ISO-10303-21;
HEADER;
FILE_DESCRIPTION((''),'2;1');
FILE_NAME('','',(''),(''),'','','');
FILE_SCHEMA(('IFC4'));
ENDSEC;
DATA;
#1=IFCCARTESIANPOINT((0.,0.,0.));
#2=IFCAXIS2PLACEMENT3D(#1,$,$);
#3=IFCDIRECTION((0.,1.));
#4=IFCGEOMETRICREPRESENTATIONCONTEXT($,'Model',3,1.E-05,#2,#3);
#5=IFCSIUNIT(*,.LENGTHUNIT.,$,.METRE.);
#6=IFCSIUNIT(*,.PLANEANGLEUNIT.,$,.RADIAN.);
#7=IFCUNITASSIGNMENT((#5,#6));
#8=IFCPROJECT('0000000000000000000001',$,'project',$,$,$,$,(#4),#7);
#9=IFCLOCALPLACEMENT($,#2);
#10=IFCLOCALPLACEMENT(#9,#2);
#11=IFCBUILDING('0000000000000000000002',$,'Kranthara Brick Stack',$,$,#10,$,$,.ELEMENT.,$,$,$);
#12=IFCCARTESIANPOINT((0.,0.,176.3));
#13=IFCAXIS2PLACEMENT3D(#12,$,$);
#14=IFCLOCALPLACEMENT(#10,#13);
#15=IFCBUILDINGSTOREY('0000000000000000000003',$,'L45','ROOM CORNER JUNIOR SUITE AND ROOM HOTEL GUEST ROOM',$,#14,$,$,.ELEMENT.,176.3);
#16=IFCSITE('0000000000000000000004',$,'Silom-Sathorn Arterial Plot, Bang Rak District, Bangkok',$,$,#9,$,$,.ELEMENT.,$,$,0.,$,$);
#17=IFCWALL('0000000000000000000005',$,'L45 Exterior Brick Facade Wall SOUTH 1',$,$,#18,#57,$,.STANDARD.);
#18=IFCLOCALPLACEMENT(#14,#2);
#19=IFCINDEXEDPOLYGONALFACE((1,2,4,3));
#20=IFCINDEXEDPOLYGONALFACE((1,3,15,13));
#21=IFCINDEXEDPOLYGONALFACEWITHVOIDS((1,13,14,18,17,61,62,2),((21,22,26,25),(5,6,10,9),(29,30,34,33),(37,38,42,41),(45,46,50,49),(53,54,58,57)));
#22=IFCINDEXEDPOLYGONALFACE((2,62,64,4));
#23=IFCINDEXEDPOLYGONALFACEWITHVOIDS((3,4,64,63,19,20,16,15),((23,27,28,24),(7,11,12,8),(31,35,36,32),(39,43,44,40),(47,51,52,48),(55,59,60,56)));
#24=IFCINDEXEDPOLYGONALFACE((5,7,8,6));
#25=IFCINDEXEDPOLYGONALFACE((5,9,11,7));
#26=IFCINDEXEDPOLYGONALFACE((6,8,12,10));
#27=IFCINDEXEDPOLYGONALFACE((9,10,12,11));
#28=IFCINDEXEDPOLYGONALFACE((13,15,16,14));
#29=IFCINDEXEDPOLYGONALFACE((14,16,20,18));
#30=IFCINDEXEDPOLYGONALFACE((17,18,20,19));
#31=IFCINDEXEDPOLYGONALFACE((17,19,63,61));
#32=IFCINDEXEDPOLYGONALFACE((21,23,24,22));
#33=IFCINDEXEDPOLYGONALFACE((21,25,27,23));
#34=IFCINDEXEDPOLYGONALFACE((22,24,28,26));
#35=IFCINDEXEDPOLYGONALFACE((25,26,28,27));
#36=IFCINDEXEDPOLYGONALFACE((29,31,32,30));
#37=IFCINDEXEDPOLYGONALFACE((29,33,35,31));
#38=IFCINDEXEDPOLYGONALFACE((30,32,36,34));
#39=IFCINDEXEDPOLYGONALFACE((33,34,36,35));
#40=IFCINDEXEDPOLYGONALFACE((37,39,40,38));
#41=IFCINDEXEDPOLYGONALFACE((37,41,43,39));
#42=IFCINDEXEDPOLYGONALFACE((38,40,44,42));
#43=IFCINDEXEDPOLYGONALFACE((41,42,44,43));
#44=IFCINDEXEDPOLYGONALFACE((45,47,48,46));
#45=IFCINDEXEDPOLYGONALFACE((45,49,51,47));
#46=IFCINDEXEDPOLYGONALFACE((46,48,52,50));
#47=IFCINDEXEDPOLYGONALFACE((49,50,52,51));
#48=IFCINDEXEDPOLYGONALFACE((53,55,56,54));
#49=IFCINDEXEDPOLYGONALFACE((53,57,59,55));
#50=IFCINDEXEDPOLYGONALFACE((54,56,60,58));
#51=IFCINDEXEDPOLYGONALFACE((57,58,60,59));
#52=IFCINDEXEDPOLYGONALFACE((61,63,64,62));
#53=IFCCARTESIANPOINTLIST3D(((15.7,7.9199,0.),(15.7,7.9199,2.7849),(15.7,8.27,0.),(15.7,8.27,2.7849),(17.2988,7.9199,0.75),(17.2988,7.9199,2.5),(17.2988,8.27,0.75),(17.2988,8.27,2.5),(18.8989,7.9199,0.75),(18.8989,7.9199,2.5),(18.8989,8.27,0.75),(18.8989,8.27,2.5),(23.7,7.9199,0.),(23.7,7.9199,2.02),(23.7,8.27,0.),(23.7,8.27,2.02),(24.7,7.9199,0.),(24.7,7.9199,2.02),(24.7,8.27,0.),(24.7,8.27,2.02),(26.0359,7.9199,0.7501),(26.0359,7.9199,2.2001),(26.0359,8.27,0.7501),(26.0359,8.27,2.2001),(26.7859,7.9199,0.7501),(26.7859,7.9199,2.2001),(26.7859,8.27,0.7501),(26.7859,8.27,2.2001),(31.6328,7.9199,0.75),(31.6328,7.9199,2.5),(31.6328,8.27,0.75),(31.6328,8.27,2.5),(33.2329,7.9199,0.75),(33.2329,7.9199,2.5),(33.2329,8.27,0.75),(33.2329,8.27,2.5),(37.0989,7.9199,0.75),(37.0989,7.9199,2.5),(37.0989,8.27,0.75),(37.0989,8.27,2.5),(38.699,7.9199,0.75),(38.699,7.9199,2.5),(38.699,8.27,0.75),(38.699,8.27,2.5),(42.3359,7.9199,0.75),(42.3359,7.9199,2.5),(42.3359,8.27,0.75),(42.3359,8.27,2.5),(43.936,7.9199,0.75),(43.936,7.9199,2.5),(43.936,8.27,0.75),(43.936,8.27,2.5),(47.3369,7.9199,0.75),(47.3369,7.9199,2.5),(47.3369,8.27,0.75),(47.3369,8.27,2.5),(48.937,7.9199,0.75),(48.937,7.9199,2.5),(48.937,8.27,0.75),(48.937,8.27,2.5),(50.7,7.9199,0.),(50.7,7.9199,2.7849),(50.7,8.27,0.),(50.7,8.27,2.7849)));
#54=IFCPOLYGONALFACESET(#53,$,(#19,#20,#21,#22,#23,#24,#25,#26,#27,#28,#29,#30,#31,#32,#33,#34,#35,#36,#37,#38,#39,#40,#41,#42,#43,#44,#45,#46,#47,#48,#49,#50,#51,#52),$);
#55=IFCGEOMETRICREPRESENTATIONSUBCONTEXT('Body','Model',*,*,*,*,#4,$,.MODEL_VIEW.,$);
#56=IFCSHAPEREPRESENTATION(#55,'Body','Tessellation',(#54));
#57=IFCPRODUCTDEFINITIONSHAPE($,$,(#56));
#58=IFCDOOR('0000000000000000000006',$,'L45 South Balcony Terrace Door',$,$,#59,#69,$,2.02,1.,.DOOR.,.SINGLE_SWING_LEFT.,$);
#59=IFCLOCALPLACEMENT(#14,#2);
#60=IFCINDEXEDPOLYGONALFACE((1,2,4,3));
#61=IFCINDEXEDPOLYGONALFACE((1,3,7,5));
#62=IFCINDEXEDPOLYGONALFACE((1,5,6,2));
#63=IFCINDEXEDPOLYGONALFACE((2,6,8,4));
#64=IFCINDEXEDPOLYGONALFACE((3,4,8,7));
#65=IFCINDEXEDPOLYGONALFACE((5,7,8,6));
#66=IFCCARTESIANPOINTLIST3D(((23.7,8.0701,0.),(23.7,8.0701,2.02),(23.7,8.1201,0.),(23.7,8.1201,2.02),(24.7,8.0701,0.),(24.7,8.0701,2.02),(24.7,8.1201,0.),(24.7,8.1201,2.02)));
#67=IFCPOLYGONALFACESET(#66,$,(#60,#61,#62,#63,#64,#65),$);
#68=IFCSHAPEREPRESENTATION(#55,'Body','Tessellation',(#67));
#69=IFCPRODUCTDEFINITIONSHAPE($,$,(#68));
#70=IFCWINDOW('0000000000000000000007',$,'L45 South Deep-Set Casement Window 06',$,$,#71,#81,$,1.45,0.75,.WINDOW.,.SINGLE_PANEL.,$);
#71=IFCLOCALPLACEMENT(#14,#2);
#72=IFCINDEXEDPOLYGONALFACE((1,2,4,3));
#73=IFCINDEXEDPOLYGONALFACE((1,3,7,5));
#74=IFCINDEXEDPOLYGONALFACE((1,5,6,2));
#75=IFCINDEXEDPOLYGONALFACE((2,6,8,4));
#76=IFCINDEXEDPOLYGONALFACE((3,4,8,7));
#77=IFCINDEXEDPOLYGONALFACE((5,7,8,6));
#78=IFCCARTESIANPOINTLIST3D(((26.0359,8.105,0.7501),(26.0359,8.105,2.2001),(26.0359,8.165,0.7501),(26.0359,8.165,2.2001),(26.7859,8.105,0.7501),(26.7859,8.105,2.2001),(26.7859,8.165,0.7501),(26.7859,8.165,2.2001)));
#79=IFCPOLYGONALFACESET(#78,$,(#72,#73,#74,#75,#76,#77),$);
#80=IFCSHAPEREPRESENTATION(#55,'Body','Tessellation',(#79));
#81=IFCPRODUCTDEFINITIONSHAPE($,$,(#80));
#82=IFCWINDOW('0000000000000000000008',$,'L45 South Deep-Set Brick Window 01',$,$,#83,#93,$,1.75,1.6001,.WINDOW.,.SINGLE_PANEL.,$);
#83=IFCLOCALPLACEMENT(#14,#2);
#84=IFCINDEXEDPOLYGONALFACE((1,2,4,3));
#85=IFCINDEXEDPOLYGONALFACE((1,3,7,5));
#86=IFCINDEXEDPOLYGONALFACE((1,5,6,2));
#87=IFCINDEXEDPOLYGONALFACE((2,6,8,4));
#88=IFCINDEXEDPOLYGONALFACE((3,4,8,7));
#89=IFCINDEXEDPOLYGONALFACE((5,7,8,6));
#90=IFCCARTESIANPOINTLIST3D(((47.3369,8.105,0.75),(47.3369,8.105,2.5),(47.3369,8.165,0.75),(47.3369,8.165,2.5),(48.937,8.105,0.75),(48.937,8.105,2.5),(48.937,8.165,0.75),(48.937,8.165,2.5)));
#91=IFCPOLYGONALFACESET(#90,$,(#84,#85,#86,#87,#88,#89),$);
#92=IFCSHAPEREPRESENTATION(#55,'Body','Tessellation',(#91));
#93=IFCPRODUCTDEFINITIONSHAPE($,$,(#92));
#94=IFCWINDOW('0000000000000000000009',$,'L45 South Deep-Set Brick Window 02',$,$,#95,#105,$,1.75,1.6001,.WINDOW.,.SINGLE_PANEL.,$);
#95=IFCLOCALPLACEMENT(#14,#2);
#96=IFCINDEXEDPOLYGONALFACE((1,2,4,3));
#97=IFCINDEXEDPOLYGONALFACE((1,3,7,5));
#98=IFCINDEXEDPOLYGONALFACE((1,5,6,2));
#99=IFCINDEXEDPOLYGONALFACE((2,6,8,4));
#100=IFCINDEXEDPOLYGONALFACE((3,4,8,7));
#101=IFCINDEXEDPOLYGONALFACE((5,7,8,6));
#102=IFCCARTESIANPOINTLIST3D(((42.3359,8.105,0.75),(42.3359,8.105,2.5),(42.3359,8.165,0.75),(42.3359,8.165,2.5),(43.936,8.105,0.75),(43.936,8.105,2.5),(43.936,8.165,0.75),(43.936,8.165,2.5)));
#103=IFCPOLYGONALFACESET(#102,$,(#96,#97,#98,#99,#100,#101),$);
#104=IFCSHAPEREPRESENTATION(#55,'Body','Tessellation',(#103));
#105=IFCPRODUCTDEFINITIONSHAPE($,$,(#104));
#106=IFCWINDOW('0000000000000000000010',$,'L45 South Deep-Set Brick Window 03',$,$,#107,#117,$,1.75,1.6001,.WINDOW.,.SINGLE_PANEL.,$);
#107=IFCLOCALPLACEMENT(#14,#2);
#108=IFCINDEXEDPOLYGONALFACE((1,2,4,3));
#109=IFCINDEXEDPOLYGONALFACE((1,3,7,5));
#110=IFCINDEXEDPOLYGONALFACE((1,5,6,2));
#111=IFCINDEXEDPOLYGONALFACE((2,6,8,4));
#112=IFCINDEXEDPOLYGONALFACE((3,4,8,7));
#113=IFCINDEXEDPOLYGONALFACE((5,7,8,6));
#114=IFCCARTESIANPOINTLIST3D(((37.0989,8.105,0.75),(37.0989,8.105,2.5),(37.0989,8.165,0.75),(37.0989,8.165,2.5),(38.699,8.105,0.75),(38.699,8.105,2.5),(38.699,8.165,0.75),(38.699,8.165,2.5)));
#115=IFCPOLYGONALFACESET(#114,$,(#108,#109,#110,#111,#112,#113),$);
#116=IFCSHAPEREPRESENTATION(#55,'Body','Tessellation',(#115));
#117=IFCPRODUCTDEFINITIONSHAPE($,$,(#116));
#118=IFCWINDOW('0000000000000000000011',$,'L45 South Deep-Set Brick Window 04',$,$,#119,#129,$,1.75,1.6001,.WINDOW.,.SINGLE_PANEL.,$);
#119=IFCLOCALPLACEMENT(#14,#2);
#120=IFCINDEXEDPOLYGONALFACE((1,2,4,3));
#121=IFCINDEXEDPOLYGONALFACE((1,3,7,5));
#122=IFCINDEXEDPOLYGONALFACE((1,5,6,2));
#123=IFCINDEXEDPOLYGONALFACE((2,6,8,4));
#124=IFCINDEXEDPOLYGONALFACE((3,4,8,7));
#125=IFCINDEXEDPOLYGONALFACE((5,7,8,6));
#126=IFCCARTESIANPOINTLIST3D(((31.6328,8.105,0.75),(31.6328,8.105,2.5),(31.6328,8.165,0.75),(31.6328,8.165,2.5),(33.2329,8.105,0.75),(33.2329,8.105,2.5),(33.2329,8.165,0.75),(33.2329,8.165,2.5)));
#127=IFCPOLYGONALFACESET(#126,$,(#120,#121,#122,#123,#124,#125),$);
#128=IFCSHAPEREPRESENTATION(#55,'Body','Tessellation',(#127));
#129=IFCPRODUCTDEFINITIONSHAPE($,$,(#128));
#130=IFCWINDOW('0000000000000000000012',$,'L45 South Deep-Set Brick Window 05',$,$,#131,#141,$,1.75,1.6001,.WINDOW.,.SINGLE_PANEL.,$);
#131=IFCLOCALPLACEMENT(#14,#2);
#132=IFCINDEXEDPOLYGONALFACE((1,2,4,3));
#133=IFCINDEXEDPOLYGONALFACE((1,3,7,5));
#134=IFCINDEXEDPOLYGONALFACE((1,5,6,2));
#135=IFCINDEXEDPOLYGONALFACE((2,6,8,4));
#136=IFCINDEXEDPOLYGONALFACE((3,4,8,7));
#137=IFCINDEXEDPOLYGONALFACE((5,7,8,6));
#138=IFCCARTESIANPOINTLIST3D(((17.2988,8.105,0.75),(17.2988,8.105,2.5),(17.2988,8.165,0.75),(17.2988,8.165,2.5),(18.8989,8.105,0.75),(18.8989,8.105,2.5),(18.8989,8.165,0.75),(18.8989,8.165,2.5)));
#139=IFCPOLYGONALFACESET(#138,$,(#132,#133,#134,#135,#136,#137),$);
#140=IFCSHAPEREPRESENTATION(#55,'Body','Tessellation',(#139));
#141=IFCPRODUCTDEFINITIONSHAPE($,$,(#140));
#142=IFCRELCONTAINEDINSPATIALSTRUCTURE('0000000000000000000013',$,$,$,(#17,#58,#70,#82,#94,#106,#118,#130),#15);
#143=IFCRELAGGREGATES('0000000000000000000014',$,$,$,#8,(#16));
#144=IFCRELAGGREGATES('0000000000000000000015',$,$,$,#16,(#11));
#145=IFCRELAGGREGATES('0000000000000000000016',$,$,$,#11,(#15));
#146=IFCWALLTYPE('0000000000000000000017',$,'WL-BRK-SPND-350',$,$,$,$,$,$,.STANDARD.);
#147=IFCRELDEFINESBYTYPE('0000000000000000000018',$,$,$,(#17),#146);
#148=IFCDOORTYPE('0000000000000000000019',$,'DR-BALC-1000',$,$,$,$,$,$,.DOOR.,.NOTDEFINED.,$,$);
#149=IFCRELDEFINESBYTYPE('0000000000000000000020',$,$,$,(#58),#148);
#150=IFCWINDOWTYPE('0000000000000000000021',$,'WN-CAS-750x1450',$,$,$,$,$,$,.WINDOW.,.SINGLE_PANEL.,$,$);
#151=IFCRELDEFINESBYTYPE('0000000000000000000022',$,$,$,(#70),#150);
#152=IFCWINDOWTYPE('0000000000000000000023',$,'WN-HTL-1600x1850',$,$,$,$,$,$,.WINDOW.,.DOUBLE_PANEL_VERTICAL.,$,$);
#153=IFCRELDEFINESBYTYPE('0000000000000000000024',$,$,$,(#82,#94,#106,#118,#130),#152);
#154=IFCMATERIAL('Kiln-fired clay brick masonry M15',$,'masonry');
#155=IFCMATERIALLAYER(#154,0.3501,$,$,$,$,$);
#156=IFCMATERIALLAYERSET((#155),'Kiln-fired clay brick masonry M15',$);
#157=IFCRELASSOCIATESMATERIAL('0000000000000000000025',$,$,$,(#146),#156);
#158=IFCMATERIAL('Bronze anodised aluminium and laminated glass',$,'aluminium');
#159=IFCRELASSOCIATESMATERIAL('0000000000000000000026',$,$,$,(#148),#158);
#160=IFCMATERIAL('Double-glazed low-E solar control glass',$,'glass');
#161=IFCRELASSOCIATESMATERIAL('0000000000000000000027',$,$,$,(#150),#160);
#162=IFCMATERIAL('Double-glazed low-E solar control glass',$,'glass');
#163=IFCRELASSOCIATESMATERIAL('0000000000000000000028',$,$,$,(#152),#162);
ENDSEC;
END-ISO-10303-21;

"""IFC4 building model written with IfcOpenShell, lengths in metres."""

from ifc_helpers import new_model, si_unit, direction, frame, frame_2d, origin, place, context, subcontext, project, spatial, rectangle, extrude, material, layer, layer_set, type_object, element, fill, save


model = new_model("IFC4")

# Units and contexts
model_context = context("Model", 3, precision=1e-05, world=origin(), true_north=direction((0.0, 1.0)))
body_context = subcontext(model_context, "Body", "Model", "MODEL_VIEW")
ifc_project = project(units=[si_unit("LENGTHUNIT", "METRE"), si_unit("PLANEANGLEUNIT", "RADIAN")], contexts=[model_context])

# Site, building, storey
site_placement = place(None, origin())
site = spatial("IfcSite", under=ifc_project, at=site_placement, Name="Silom-Sathorn Arterial Plot, Bang Rak District, Bangkok", CompositionType="ELEMENT", RefElevation=0.0)
building_placement = place(site_placement, origin())
building = spatial("IfcBuilding", under=site, at=building_placement, Name="Kranthara Brick Stack", CompositionType="ELEMENT")
storey_placement = place(building_placement, frame((0.0, 0.0, 176.3)))
storey = spatial("IfcBuildingStorey", under=building, at=storey_placement, Name="L45", Description="ROOM CORNER JUNIOR SUITE AND ROOM HOTEL GUEST ROOM", CompositionType="ELEMENT", Elevation=176.3)

# Wall, openings, door, windows
ifc_material_1 = material(Name="Kiln-fired clay brick masonry M15", Category="masonry")
ifc_layer_1 = layer(ifc_material_1, 0.3501)
ifc_layer_set_1 = layer_set([ifc_layer_1], Name="Kiln-fired clay brick masonry M15")
wall_type_1 = type_object("IfcWallType", Name="WL-BRK-SPND-350", PredefinedType="STANDARD", material=ifc_layer_set_1)
wall_1_placement = place(storey_placement, frame((50.7, 8.095, 0.0), z_axis=(0.0, 0.0, 1.0), x_axis=(-1.0, 0.0, 0.0)))
wall_1 = element("IfcWall", 1, at=wall_1_placement, inside=storey, type_object=wall_type_1, Name="L45 Exterior Brick Facade Wall SOUTH 1", PredefinedType="STANDARD", context=body_context, shape_type="SweptSolid", body=[
    extrude(rectangle(XDim=35.0, YDim=0.3501, at=frame_2d((17.5, 0.0))), origin(), (0.0, 0.0, 1.0), 2.7849),
])
opening_1_placement = place(wall_1_placement, frame((26.0, 0.0, 0.0)))
opening_1 = element("IfcOpeningElement", 2, at=opening_1_placement, cuts=wall_1, PredefinedType="OPENING", context=body_context, shape_type="SweptSolid", body=[
    extrude(rectangle(XDim=1.0, YDim=2.02, at=frame_2d((0.5, 1.01))), frame((0.0, 0.1851, 0.0), z_axis=(0.0, -1.0, 0.0), x_axis=(1.0, 0.0, 0.0)), (0.0, 0.0, 1.0), 0.3701),
])
opening_2_placement = place(wall_1_placement, frame((1.7629, 0.0, 0.75)))
opening_2 = element("IfcOpeningElement", 3, at=opening_2_placement, cuts=wall_1, PredefinedType="OPENING", context=body_context, shape_type="SweptSolid", body=[
    extrude(rectangle(XDim=1.6001, YDim=1.75, at=frame_2d((0.8, 0.875))), frame((0.0, 0.1851, 0.0), z_axis=(0.0, -1.0, 0.0), x_axis=(1.0, 0.0, 0.0)), (0.0, 0.0, 1.0), 0.3701),
])
opening_3_placement = place(wall_1_placement, frame((6.7639, 0.0, 0.75)))
opening_3 = element("IfcOpeningElement", 4, at=opening_3_placement, cuts=wall_1, PredefinedType="OPENING", context=body_context, shape_type="SweptSolid", body=[
    extrude(rectangle(XDim=1.6001, YDim=1.75, at=frame_2d((0.8, 0.875))), frame((0.0, 0.1851, 0.0), z_axis=(0.0, -1.0, 0.0), x_axis=(1.0, 0.0, 0.0)), (0.0, 0.0, 1.0), 0.3701),
])
opening_4_placement = place(wall_1_placement, frame((12.001, 0.0, 0.75)))
opening_4 = element("IfcOpeningElement", 5, at=opening_4_placement, cuts=wall_1, PredefinedType="OPENING", context=body_context, shape_type="SweptSolid", body=[
    extrude(rectangle(XDim=1.6001, YDim=1.75, at=frame_2d((0.8, 0.875))), frame((0.0, 0.1851, 0.0), z_axis=(0.0, -1.0, 0.0), x_axis=(1.0, 0.0, 0.0)), (0.0, 0.0, 1.0), 0.3701),
])
opening_5_placement = place(wall_1_placement, frame((17.467, 0.0, 0.75)))
opening_5 = element("IfcOpeningElement", 6, at=opening_5_placement, cuts=wall_1, PredefinedType="OPENING", context=body_context, shape_type="SweptSolid", body=[
    extrude(rectangle(XDim=1.6001, YDim=1.75, at=frame_2d((0.8, 0.875))), frame((0.0, 0.1851, 0.0), z_axis=(0.0, -1.0, 0.0), x_axis=(1.0, 0.0, 0.0)), (0.0, 0.0, 1.0), 0.3701),
])
opening_6_placement = place(wall_1_placement, frame((31.801, 0.0, 0.75)))
opening_6 = element("IfcOpeningElement", 7, at=opening_6_placement, cuts=wall_1, PredefinedType="OPENING", context=body_context, shape_type="SweptSolid", body=[
    extrude(rectangle(XDim=1.6001, YDim=1.75, at=frame_2d((0.8, 0.875))), frame((0.0, 0.1851, 0.0), z_axis=(0.0, -1.0, 0.0), x_axis=(1.0, 0.0, 0.0)), (0.0, 0.0, 1.0), 0.3701),
])
opening_7_placement = place(wall_1_placement, frame((23.9141, 0.0, 0.75)))
opening_7 = element("IfcOpeningElement", 8, at=opening_7_placement, cuts=wall_1, PredefinedType="OPENING", context=body_context, shape_type="SweptSolid", body=[
    extrude(rectangle(XDim=0.75, YDim=1.45, at=frame_2d((0.375, 0.7251))), frame((0.0, 0.1851, 0.0), z_axis=(0.0, -1.0, 0.0), x_axis=(1.0, 0.0, 0.0)), (0.0, 0.0, 1.0), 0.3701),
])
ifc_material_2 = material(Name="Bronze anodised aluminium and laminated glass", Category="aluminium")
door_type_1 = type_object("IfcDoorType", Name="DR-BALC-1000", OperationType="NOTDEFINED", PredefinedType="DOOR", material=ifc_material_2)
door_1_placement = place(opening_1_placement, origin())
door_1 = element("IfcDoor", 9, at=door_1_placement, inside=storey, type_object=door_type_1, Name="L45 South Balcony Terrace Door", OperationType="SINGLE_SWING_LEFT", OverallHeight=2.02, OverallWidth=1.0, PredefinedType="DOOR", context=body_context, shape_type="SweptSolid", body=[
    extrude(rectangle(XDim=1.0, YDim=2.02, at=frame_2d((0.5, 1.01))), frame((0.0, 0.0249, 0.0), z_axis=(0.0, -1.0, 0.0), x_axis=(1.0, 0.0, 0.0)), (0.0, 0.0, 1.0), 0.05),
])
fill(opening_1, door_1)
ifc_material_3 = material(Name="Double-glazed low-E solar control glass", Category="glass")
window_type_1 = type_object("IfcWindowType", Name="WN-CAS-750x1450", PartitioningType="SINGLE_PANEL", PredefinedType="WINDOW", material=ifc_material_3)
window_1_placement = place(opening_7_placement, origin())
window_1 = element("IfcWindow", 10, at=window_1_placement, inside=storey, type_object=window_type_1, Name="L45 South Deep-Set Casement Window 06", OverallHeight=1.45, OverallWidth=0.75, PartitioningType="SINGLE_PANEL", PredefinedType="WINDOW", context=body_context, shape_type="SweptSolid", body=[
    extrude(rectangle(XDim=0.75, YDim=1.45, at=frame_2d((0.375, 0.7251))), frame((0.0, -0.01, 0.0), z_axis=(0.0, -1.0, 0.0), x_axis=(1.0, 0.0, 0.0)), (0.0, 0.0, 1.0), 0.0601),
])
fill(opening_7, window_1)
ifc_material_4 = material(Name="Double-glazed low-E solar control glass", Category="glass")
window_type_2 = type_object("IfcWindowType", Name="WN-HTL-1600x1850", PartitioningType="DOUBLE_PANEL_VERTICAL", PredefinedType="WINDOW", material=ifc_material_4)
window_2_placement = place(opening_2_placement, origin())
window_2 = element("IfcWindow", 11, at=window_2_placement, inside=storey, type_object=window_type_2, Name="L45 South Deep-Set Brick Window 01", OverallHeight=1.75, OverallWidth=1.6001, PartitioningType="SINGLE_PANEL", PredefinedType="WINDOW", context=body_context, shape_type="SweptSolid", body=[
    extrude(rectangle(XDim=1.6001, YDim=1.75, at=frame_2d((0.8, 0.875))), frame((0.0, -0.01, 0.0), z_axis=(0.0, -1.0, 0.0), x_axis=(1.0, 0.0, 0.0)), (0.0, 0.0, 1.0), 0.0601),
])
fill(opening_2, window_2)
window_3_placement = place(opening_3_placement, origin())
window_3 = element("IfcWindow", 12, at=window_3_placement, inside=storey, type_object=window_type_2, Name="L45 South Deep-Set Brick Window 02", OverallHeight=1.75, OverallWidth=1.6001, PartitioningType="SINGLE_PANEL", PredefinedType="WINDOW", context=body_context, shape_type="SweptSolid", body=[
    extrude(rectangle(XDim=1.6001, YDim=1.75, at=frame_2d((0.8, 0.875))), frame((0.0, -0.01, 0.0), z_axis=(0.0, -1.0, 0.0), x_axis=(1.0, 0.0, 0.0)), (0.0, 0.0, 1.0), 0.0601),
])
fill(opening_3, window_3)
window_4_placement = place(opening_4_placement, origin())
window_4 = element("IfcWindow", 13, at=window_4_placement, inside=storey, type_object=window_type_2, Name="L45 South Deep-Set Brick Window 03", OverallHeight=1.75, OverallWidth=1.6001, PartitioningType="SINGLE_PANEL", PredefinedType="WINDOW", context=body_context, shape_type="SweptSolid", body=[
    extrude(rectangle(XDim=1.6001, YDim=1.75, at=frame_2d((0.8, 0.875))), frame((0.0, -0.01, 0.0), z_axis=(0.0, -1.0, 0.0), x_axis=(1.0, 0.0, 0.0)), (0.0, 0.0, 1.0), 0.0601),
])
fill(opening_4, window_4)
window_5_placement = place(opening_5_placement, origin())
window_5 = element("IfcWindow", 14, at=window_5_placement, inside=storey, type_object=window_type_2, Name="L45 South Deep-Set Brick Window 04", OverallHeight=1.75, OverallWidth=1.6001, PartitioningType="SINGLE_PANEL", PredefinedType="WINDOW", context=body_context, shape_type="SweptSolid", body=[
    extrude(rectangle(XDim=1.6001, YDim=1.75, at=frame_2d((0.8, 0.875))), frame((0.0, -0.01, 0.0), z_axis=(0.0, -1.0, 0.0), x_axis=(1.0, 0.0, 0.0)), (0.0, 0.0, 1.0), 0.0601),
])
fill(opening_5, window_5)
window_6_placement = place(opening_6_placement, origin())
window_6 = element("IfcWindow", 15, at=window_6_placement, inside=storey, type_object=window_type_2, Name="L45 South Deep-Set Brick Window 05", OverallHeight=1.75, OverallWidth=1.6001, PartitioningType="SINGLE_PANEL", PredefinedType="WINDOW", context=body_context, shape_type="SweptSolid", body=[
    extrude(rectangle(XDim=1.6001, YDim=1.75, at=frame_2d((0.8, 0.875))), frame((0.0, -0.01, 0.0), z_axis=(0.0, -1.0, 0.0), x_axis=(1.0, 0.0, 0.0)), (0.0, 0.0, 1.0), 0.0601),
])
fill(opening_6, window_6)

save(model, "model.ifc")
